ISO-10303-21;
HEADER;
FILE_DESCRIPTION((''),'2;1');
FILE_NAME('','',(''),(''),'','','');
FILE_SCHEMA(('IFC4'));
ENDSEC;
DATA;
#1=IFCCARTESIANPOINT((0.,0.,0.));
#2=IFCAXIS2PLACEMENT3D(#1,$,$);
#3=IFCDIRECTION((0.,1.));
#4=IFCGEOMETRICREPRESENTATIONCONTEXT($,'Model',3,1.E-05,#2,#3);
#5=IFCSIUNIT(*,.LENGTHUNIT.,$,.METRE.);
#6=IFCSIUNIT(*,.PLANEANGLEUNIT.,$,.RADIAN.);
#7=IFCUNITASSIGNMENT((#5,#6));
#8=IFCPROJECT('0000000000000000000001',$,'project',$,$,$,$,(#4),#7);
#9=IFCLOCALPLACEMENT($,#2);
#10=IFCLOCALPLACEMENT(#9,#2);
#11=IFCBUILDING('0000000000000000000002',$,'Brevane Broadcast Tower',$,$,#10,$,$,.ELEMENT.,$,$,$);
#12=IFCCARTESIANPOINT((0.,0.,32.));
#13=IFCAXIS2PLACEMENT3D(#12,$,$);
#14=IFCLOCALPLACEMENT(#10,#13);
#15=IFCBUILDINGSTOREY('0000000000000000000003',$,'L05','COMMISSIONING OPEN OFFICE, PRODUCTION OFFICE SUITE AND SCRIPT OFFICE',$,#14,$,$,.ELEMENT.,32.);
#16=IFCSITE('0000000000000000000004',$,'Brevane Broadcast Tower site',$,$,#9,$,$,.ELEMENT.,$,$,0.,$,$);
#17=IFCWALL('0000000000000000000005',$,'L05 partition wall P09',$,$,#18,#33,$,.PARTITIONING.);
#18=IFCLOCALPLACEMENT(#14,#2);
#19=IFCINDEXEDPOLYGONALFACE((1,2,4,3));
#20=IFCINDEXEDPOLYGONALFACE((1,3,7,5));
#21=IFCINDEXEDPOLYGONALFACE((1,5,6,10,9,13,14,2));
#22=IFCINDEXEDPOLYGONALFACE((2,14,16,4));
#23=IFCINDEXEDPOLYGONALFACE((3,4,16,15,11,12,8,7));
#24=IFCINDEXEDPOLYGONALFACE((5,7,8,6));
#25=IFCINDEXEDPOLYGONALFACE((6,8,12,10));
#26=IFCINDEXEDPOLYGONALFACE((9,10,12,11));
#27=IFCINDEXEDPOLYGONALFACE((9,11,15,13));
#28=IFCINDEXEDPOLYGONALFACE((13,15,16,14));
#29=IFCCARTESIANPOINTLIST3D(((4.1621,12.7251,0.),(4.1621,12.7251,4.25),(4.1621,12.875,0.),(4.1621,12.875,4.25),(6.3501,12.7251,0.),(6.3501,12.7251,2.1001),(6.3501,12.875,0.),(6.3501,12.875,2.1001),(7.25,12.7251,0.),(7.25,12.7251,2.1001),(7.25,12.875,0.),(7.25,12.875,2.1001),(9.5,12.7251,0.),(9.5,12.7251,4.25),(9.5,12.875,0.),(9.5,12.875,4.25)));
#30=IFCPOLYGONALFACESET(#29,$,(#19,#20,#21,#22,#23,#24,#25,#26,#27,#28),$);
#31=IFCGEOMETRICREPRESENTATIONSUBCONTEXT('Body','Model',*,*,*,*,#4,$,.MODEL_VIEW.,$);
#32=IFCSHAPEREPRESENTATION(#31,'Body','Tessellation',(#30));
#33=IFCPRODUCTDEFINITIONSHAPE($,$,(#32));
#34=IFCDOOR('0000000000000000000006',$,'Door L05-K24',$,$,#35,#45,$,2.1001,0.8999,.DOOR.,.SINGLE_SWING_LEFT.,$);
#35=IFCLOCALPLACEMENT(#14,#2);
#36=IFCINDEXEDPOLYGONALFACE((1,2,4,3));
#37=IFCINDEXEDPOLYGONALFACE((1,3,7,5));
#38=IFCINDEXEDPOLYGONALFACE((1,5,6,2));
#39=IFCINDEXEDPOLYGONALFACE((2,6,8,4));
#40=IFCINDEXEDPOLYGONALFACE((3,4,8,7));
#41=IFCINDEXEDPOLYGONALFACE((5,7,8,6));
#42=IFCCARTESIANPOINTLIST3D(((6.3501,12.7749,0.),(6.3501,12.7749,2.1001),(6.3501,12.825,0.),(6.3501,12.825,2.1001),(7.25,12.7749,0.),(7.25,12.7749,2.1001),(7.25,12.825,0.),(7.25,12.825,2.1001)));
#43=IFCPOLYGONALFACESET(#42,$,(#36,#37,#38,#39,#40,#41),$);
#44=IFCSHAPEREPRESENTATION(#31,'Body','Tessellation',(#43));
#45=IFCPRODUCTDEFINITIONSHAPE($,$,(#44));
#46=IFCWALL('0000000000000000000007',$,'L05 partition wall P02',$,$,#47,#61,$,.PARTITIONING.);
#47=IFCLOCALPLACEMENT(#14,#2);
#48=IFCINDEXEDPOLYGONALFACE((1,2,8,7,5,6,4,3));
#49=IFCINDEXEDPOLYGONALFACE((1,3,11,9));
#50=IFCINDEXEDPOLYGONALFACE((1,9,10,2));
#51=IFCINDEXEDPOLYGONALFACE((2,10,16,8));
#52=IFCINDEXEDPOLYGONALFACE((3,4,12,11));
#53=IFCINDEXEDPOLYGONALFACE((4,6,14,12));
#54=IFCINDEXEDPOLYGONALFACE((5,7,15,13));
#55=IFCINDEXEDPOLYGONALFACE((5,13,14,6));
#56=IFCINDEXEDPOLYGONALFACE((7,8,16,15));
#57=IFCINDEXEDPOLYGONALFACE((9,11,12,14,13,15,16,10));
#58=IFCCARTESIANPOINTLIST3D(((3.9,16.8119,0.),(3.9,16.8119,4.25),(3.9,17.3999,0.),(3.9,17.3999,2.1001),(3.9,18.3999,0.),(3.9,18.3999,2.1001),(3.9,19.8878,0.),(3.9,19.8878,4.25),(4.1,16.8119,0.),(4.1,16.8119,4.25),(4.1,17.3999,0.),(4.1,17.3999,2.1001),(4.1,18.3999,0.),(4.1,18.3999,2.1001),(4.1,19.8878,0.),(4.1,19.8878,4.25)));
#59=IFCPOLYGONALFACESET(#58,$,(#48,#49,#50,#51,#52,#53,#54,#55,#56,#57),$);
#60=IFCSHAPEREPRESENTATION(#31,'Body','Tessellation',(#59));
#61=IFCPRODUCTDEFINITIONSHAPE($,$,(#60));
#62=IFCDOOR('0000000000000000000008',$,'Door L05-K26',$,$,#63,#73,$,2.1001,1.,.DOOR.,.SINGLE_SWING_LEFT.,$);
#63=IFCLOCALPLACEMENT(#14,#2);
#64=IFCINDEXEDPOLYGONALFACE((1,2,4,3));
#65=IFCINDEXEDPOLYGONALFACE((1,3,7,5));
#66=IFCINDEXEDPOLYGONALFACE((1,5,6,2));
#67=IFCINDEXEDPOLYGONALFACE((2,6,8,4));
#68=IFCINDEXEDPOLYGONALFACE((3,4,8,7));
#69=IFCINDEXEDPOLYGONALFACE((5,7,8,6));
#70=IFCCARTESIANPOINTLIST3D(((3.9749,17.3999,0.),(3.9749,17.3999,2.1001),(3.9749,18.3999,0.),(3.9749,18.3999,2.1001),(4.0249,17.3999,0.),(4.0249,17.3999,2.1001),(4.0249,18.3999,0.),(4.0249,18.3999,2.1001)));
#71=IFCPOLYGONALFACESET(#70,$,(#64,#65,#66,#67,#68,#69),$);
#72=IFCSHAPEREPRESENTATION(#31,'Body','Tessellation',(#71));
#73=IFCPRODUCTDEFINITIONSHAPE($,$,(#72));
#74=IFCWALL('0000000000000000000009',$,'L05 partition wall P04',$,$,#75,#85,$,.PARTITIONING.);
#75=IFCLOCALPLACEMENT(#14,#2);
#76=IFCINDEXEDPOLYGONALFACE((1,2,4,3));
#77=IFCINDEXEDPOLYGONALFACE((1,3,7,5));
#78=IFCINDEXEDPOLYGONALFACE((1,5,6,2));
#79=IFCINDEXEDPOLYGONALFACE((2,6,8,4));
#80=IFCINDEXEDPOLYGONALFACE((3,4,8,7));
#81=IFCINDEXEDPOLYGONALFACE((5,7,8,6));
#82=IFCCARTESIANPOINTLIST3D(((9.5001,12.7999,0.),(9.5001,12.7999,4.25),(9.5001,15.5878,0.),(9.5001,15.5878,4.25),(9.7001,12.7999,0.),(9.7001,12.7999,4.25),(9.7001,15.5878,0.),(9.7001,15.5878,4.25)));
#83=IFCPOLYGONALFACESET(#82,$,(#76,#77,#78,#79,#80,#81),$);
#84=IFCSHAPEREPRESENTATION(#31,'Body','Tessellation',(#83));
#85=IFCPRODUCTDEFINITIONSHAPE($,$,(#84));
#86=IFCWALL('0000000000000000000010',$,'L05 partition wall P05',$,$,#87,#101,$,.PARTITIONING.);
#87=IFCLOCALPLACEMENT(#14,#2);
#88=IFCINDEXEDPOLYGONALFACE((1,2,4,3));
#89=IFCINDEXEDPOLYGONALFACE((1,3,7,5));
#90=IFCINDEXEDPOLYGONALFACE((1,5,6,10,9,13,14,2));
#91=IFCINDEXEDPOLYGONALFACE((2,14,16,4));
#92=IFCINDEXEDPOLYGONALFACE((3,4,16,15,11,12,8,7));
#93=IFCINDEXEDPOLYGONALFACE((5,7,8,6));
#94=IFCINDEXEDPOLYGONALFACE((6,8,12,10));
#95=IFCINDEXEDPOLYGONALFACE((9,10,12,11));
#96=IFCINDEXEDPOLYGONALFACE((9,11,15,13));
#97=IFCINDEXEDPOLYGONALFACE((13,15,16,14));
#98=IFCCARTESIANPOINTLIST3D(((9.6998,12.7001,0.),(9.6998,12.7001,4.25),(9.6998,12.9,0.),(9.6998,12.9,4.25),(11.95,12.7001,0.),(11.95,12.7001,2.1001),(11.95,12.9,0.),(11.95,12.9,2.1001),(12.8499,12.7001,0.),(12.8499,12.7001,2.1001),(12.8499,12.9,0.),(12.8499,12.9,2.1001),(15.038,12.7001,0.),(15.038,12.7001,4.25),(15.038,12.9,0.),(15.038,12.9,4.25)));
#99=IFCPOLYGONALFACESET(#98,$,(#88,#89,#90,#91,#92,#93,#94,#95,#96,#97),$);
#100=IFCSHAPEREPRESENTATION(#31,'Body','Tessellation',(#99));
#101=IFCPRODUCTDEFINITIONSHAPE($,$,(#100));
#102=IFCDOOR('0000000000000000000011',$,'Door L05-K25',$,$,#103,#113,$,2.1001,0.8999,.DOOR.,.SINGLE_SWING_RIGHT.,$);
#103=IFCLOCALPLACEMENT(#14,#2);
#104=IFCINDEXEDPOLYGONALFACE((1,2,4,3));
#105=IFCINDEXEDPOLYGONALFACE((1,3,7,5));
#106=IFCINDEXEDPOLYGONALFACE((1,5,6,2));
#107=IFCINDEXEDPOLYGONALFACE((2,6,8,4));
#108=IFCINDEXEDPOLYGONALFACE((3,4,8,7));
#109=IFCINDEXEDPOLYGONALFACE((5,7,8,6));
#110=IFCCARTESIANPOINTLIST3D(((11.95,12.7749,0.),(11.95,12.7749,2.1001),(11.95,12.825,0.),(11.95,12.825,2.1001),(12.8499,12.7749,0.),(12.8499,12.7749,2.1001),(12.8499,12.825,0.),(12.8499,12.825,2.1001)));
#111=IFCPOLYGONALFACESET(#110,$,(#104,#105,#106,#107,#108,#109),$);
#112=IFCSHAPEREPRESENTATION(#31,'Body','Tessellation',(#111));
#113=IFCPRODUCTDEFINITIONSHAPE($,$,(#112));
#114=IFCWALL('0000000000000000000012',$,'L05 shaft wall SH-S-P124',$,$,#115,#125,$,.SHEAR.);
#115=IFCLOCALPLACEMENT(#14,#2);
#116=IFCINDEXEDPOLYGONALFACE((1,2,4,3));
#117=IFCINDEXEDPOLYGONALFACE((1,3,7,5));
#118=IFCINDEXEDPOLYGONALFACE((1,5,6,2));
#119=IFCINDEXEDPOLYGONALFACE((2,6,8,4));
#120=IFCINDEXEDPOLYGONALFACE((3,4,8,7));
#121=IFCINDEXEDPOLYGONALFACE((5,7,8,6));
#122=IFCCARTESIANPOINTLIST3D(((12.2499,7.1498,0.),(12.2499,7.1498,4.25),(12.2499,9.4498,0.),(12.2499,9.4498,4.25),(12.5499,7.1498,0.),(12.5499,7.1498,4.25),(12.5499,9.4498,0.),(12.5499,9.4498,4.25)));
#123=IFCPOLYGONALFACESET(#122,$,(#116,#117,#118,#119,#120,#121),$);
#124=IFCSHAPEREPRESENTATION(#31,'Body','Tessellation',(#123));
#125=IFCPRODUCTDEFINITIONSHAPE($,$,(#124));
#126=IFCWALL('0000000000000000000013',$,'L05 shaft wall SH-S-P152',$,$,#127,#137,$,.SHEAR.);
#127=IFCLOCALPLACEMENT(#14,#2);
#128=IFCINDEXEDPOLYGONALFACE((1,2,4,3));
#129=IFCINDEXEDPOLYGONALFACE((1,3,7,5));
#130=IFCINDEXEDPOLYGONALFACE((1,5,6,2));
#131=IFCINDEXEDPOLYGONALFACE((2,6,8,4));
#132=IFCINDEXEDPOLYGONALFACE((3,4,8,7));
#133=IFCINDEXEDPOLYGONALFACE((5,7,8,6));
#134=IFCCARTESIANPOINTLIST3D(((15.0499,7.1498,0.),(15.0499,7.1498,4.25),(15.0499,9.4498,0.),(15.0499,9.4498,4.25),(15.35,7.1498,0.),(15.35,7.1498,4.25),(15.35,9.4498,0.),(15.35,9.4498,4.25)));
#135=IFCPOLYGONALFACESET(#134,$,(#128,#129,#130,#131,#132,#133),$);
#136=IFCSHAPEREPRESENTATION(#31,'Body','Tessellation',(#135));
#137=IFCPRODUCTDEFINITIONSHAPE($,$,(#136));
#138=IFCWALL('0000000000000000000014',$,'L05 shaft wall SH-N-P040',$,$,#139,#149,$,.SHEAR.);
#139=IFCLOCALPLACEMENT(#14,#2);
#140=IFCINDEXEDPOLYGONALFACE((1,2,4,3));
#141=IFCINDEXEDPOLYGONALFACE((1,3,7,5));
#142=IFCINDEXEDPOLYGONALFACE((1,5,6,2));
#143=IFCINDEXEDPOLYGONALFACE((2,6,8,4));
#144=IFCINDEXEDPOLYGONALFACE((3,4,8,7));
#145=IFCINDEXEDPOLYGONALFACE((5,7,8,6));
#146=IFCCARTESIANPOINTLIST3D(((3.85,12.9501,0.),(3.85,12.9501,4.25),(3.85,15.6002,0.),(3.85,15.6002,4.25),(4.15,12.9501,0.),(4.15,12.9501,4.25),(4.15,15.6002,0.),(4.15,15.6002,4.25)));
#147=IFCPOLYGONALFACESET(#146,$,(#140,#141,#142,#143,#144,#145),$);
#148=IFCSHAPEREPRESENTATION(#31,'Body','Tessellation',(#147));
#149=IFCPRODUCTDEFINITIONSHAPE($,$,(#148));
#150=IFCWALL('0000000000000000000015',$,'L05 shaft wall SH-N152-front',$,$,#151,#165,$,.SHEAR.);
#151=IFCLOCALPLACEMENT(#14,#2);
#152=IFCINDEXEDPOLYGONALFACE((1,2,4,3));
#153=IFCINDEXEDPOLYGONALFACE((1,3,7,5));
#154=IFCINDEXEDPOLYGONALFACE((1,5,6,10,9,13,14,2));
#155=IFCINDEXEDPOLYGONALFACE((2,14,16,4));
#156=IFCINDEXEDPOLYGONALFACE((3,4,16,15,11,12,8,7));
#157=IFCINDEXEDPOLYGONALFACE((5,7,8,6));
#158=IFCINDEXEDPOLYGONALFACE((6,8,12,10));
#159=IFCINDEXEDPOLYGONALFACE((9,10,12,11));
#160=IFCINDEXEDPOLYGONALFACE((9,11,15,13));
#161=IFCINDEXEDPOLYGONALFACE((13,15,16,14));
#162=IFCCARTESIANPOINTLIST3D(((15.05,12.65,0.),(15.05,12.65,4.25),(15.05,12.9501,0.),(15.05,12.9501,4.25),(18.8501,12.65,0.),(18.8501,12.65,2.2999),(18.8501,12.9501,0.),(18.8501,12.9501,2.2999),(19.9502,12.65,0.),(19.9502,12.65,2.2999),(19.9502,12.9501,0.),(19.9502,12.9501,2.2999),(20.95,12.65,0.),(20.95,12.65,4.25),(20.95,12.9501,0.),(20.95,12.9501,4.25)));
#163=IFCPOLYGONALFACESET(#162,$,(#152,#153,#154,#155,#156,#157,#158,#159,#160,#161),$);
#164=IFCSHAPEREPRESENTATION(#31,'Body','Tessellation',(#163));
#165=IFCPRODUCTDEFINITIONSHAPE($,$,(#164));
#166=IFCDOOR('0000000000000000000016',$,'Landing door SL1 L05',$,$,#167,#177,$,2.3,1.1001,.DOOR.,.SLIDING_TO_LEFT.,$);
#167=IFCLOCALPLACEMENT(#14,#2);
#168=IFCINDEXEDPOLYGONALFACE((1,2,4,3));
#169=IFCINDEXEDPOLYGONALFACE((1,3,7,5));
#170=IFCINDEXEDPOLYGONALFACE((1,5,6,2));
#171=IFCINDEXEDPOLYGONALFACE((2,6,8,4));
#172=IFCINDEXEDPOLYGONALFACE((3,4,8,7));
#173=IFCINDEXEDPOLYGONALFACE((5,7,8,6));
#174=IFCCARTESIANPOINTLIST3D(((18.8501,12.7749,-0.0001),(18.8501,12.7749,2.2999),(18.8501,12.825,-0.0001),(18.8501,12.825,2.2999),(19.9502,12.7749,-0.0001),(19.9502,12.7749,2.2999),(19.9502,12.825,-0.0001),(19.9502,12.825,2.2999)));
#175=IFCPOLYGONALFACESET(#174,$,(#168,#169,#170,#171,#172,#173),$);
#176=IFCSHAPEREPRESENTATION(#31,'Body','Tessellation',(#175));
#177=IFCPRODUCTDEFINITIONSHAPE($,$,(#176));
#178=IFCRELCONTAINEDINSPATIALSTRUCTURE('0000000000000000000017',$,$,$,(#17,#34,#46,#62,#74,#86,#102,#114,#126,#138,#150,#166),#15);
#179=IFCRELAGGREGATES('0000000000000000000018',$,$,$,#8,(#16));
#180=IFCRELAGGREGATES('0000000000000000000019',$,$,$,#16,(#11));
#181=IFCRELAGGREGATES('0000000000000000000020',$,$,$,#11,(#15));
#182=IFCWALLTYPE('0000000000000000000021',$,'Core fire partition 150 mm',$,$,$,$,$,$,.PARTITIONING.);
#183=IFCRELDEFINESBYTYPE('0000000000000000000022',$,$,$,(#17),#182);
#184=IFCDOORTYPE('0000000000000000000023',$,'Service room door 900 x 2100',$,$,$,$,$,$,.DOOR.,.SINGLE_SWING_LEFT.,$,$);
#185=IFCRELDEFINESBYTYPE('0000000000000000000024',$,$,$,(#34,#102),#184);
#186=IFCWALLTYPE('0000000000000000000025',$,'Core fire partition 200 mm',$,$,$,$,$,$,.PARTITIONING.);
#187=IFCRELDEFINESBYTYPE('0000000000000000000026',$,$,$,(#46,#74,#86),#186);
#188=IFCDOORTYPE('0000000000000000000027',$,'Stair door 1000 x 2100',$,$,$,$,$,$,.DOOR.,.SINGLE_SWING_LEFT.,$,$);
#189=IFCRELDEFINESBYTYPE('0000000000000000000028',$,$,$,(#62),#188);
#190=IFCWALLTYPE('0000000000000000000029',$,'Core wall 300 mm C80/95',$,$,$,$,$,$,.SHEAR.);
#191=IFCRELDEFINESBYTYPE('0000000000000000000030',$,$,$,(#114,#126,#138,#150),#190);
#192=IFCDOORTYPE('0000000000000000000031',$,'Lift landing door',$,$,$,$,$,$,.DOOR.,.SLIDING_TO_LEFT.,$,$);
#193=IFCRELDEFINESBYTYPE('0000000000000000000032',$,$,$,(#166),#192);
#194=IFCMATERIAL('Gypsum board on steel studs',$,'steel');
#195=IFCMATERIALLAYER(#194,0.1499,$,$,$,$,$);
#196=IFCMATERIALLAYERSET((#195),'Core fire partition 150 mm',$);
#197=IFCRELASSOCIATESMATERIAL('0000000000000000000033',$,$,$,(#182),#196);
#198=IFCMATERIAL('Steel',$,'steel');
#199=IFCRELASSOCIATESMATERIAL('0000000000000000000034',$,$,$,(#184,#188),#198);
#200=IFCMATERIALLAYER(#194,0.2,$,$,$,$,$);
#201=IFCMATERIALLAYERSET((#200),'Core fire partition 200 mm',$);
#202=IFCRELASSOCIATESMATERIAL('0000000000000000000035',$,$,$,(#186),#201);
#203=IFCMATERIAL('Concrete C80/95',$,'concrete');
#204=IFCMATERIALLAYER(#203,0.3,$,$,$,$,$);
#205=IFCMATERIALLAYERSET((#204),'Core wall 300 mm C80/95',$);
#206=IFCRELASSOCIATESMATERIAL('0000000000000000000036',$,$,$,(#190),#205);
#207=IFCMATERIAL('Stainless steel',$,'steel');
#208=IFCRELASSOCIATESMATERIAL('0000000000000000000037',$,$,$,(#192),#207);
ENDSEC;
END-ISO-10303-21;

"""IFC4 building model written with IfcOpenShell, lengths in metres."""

from ifc_helpers import new_model, si_unit, direction, frame, frame_2d, origin, place, context, subcontext, project, spatial, rectangle, extrude, material, layer, layer_set, type_object, element, fill, save


model = new_model("IFC4")

# Units and contexts
model_context = context("Model", 3, precision=1e-05, world=origin(), true_north=direction((0.0, 1.0)))
body_context = subcontext(model_context, "Body", "Model", "MODEL_VIEW")
ifc_project = project(units=[si_unit("LENGTHUNIT", "METRE"), si_unit("PLANEANGLEUNIT", "RADIAN")], contexts=[model_context])

# Site, building, storey
site_placement = place(None, origin())
site = spatial("IfcSite", under=ifc_project, at=site_placement, Name="Brevane Broadcast Tower site", CompositionType="ELEMENT", RefElevation=0.0)
building_placement = place(site_placement, origin())
building = spatial("IfcBuilding", under=site, at=building_placement, Name="Brevane Broadcast Tower", CompositionType="ELEMENT")
storey_placement = place(building_placement, frame((0.0, 0.0, 32.0)))
storey = spatial("IfcBuildingStorey", under=building, at=storey_placement, Name="L05", Description="COMMISSIONING OPEN OFFICE, PRODUCTION OFFICE SUITE AND SCRIPT OFFICE", CompositionType="ELEMENT", Elevation=32.0)

# Walls, openings, doors
ifc_material_1 = material(Name="Gypsum board on steel studs", Category="steel")
ifc_layer_1 = layer(ifc_material_1, 0.1499)
ifc_layer_set_1 = layer_set([ifc_layer_1], Name="Core fire partition 150 mm")
wall_type_1 = type_object("IfcWallType", Name="Core fire partition 150 mm", PredefinedType="PARTITIONING", material=ifc_layer_set_1)
wall_1_placement = place(storey_placement, frame((4.1621, 12.8, 0.0), z_axis=(0.0, 0.0, 1.0), x_axis=(1.0, 0.0, 0.0)))
wall_1 = element("IfcWall", 1, at=wall_1_placement, inside=storey, type_object=wall_type_1, Name="L05 partition wall P09", PredefinedType="PARTITIONING", context=body_context, shape_type="SweptSolid", body=[
    extrude(rectangle(XDim=5.3379, YDim=0.1499, at=frame_2d((2.6689, 0.0))), origin(), (0.0, 0.0, 1.0), 4.25),
])
opening_1_placement = place(wall_1_placement, frame((2.188, 0.0, 0.0)))
opening_1 = element("IfcOpeningElement", 2, at=opening_1_placement, cuts=wall_1, PredefinedType="OPENING", context=body_context, shape_type="SweptSolid", body=[
    extrude(rectangle(XDim=0.8999, YDim=2.1001, at=frame_2d((0.45, 1.05))), frame((0.0, 0.085, 0.0), z_axis=(0.0, -1.0, 0.0), x_axis=(1.0, 0.0, 0.0)), (0.0, 0.0, 1.0), 0.1699),
])
ifc_material_2 = material(Name="Steel", Category="steel")
door_type_1 = type_object("IfcDoorType", Name="Service room door 900 x 2100", OperationType="SINGLE_SWING_LEFT", PredefinedType="DOOR", material=ifc_material_2)
door_1_placement = place(opening_1_placement, origin())
door_1 = element("IfcDoor", 3, at=door_1_placement, inside=storey, type_object=door_type_1, Name="Door L05-K24", OperationType="SINGLE_SWING_LEFT", OverallHeight=2.1001, OverallWidth=0.8999, PredefinedType="DOOR", context=body_context, shape_type="SweptSolid", body=[
    extrude(rectangle(XDim=0.8999, YDim=2.1001, at=frame_2d((0.45, 1.05))), frame((0.0, 0.0249, 0.0), z_axis=(0.0, -1.0, 0.0), x_axis=(1.0, 0.0, 0.0)), (0.0, 0.0, 1.0), 0.05),
])
fill(opening_1, door_1)
ifc_layer_2 = layer(ifc_material_1, 0.2)
ifc_layer_set_2 = layer_set([ifc_layer_2], Name="Core fire partition 200 mm")
wall_type_2 = type_object("IfcWallType", Name="Core fire partition 200 mm", PredefinedType="PARTITIONING", material=ifc_layer_set_2)
wall_2_placement = place(storey_placement, frame((4.0, 19.8879, 0.0), z_axis=(0.0, 0.0, 1.0), x_axis=(0.0, -1.0, 0.0)))
wall_2 = element("IfcWall", 4, at=wall_2_placement, inside=storey, type_object=wall_type_2, Name="L05 partition wall P02", PredefinedType="PARTITIONING", context=body_context, shape_type="SweptSolid", body=[
    extrude(rectangle(XDim=3.0759, YDim=0.2, at=frame_2d((1.5381, 0.0))), origin(), (0.0, 0.0, 1.0), 4.25),
])
opening_2_placement = place(wall_2_placement, frame((1.488, 0.0, 0.0)))
opening_2 = element("IfcOpeningElement", 5, at=opening_2_placement, cuts=wall_2, PredefinedType="OPENING", context=body_context, shape_type="SweptSolid", body=[
    extrude(rectangle(XDim=1.0, YDim=2.1001, at=frame_2d((0.5, 1.05))), frame((0.0, 0.1099, 0.0), z_axis=(0.0, -1.0, 0.0), x_axis=(1.0, 0.0, 0.0)), (0.0, 0.0, 1.0), 0.22),
])
door_type_2 = type_object("IfcDoorType", Name="Stair door 1000 x 2100", OperationType="SINGLE_SWING_LEFT", PredefinedType="DOOR", material=ifc_material_2)
door_2_placement = place(opening_2_placement, origin())
door_2 = element("IfcDoor", 6, at=door_2_placement, inside=storey, type_object=door_type_2, Name="Door L05-K26", OperationType="SINGLE_SWING_LEFT", OverallHeight=2.1001, OverallWidth=1.0, PredefinedType="DOOR", context=body_context, shape_type="SweptSolid", body=[
    extrude(rectangle(XDim=1.0, YDim=2.1001, at=frame_2d((0.5, 1.05))), frame((0.0, 0.0249, 0.0), z_axis=(0.0, -1.0, 0.0), x_axis=(1.0, 0.0, 0.0)), (0.0, 0.0, 1.0), 0.05),
])
fill(opening_2, door_2)

# Wall
wall_3_placement = place(storey_placement, frame((9.6001, 15.5879, 0.0), z_axis=(0.0, 0.0, 1.0), x_axis=(0.0, -1.0, 0.0)))
element("IfcWall", 7, at=wall_3_placement, inside=storey, type_object=wall_type_2, Name="L05 partition wall P04", PredefinedType="PARTITIONING", context=body_context, shape_type="SweptSolid", body=[
    extrude(rectangle(XDim=2.7878, YDim=0.2, at=frame_2d((1.394, 0.0))), origin(), (0.0, 0.0, 1.0), 4.25),
])

# Wall, opening, door
wall_4_placement = place(storey_placement, frame((9.7, 12.8, 0.0), z_axis=(0.0, 0.0, 1.0), x_axis=(1.0, 0.0, 0.0)))
wall_4 = element("IfcWall", 8, at=wall_4_placement, inside=storey, type_object=wall_type_2, Name="L05 partition wall P05", PredefinedType="PARTITIONING", context=body_context, shape_type="SweptSolid", body=[
    extrude(rectangle(XDim=5.3381, YDim=0.2, at=frame_2d((2.6689, 0.0))), origin(), (0.0, 0.0, 1.0), 4.25),
])
opening_3_placement = place(wall_4_placement, frame((2.25, 0.0, 0.0)))
opening_3 = element("IfcOpeningElement", 9, at=opening_3_placement, cuts=wall_4, PredefinedType="OPENING", context=body_context, shape_type="SweptSolid", body=[
    extrude(rectangle(XDim=0.8999, YDim=2.1001, at=frame_2d((0.45, 1.05))), frame((0.0, 0.1099, 0.0), z_axis=(0.0, -1.0, 0.0), x_axis=(1.0, 0.0, 0.0)), (0.0, 0.0, 1.0), 0.22),
])
door_3_placement = place(opening_3_placement, origin())
door_3 = element("IfcDoor", 10, at=door_3_placement, inside=storey, type_object=door_type_1, Name="Door L05-K25", OperationType="SINGLE_SWING_RIGHT", OverallHeight=2.1001, OverallWidth=0.8999, PredefinedType="DOOR", context=body_context, shape_type="SweptSolid", body=[
    extrude(rectangle(XDim=0.8999, YDim=2.1001, at=frame_2d((0.45, 1.05))), frame((0.0, 0.0249, 0.0), z_axis=(0.0, -1.0, 0.0), x_axis=(1.0, 0.0, 0.0)), (0.0, 0.0, 1.0), 0.05),
])
fill(opening_3, door_3)

# Walls
ifc_material_3 = material(Name="Concrete C80/95", Category="concrete")
ifc_layer_3 = layer(ifc_material_3, 0.3)
ifc_layer_set_3 = layer_set([ifc_layer_3], Name="Core wall 300 mm C80/95")
wall_type_3 = type_object("IfcWallType", Name="Core wall 300 mm C80/95", PredefinedType="SHEAR", material=ifc_layer_set_3)
for number, where, z_axis, x_axis, name in (
    (11, (12.3999, 7.1499, 0.0), (0.0, 0.0, 1.0), (0.0, 1.0, 0.0), "L05 shaft wall SH-S-P124"),
    (12, (15.2, 7.1499, 0.0), (0.0, 0.0, 1.0), (0.0, 1.0, 0.0), "L05 shaft wall SH-S-P152"),
):
    element("IfcWall", number, at=place(storey_placement, frame(where, z_axis=z_axis, x_axis=x_axis)), inside=storey, type_object=wall_type_3, Name=name, PredefinedType="SHEAR", context=body_context, shape_type="SweptSolid", body=[
        extrude(rectangle(XDim=2.3, YDim=0.3, at=frame_2d((1.1499, 0.0))), origin(), (0.0, 0.0, 1.0), 4.25),
    ])
wall_5_placement = place(storey_placement, frame((4.0, 12.95, 0.0), z_axis=(0.0, 0.0, 1.0), x_axis=(0.0, 1.0, 0.0)))
element("IfcWall", 13, at=wall_5_placement, inside=storey, type_object=wall_type_3, Name="L05 shaft wall SH-N-P040", PredefinedType="SHEAR", context=body_context, shape_type="SweptSolid", body=[
    extrude(rectangle(XDim=2.6501, YDim=0.3, at=frame_2d((1.3252, 0.0))), origin(), (0.0, 0.0, 1.0), 4.25),
])

# Wall, opening, door
wall_6_placement = place(storey_placement, frame((15.05, 12.8, 0.0), z_axis=(0.0, 0.0, 1.0), x_axis=(1.0, 0.0, 0.0)))
wall_6 = element("IfcWall", 14, at=wall_6_placement, inside=storey, type_object=wall_type_3, Name="L05 shaft wall SH-N152-front", PredefinedType="SHEAR", context=body_context, shape_type="SweptSolid", body=[
    extrude(rectangle(XDim=5.8999, YDim=0.3, at=frame_2d((2.95, 0.0))), origin(), (0.0, 0.0, 1.0), 4.25),
])
opening_4_placement = place(wall_6_placement, frame((3.8, 0.0, 0.0)))
opening_4 = element("IfcOpeningElement", 15, at=opening_4_placement, cuts=wall_6, PredefinedType="OPENING", context=body_context, shape_type="SweptSolid", body=[
    extrude(rectangle(XDim=1.1001, YDim=2.3, at=frame_2d((0.55, 1.1499))), frame((0.0, 0.1599, 0.0), z_axis=(0.0, -1.0, 0.0), x_axis=(1.0, 0.0, 0.0)), (0.0, 0.0, 1.0), 0.3201),
])
ifc_material_4 = material(Name="Stainless steel", Category="steel")
door_type_3 = type_object("IfcDoorType", Name="Lift landing door", OperationType="SLIDING_TO_LEFT", PredefinedType="DOOR", material=ifc_material_4)
door_4_placement = place(opening_4_placement, origin())
door_4 = element("IfcDoor", 16, at=door_4_placement, inside=storey, type_object=door_type_3, Name="Landing door SL1 L05", OperationType="SLIDING_TO_LEFT", OverallHeight=2.3, OverallWidth=1.1001, PredefinedType="DOOR", context=body_context, shape_type="SweptSolid", body=[
    extrude(rectangle(XDim=1.1001, YDim=2.3, at=frame_2d((0.55, 1.1499))), frame((0.0, 0.0249, 0.0), z_axis=(0.0, -1.0, 0.0), x_axis=(1.0, 0.0, 0.0)), (0.0, 0.0, 1.0), 0.05),
])
fill(opening_4, door_4)

save(model, "model.ifc")
